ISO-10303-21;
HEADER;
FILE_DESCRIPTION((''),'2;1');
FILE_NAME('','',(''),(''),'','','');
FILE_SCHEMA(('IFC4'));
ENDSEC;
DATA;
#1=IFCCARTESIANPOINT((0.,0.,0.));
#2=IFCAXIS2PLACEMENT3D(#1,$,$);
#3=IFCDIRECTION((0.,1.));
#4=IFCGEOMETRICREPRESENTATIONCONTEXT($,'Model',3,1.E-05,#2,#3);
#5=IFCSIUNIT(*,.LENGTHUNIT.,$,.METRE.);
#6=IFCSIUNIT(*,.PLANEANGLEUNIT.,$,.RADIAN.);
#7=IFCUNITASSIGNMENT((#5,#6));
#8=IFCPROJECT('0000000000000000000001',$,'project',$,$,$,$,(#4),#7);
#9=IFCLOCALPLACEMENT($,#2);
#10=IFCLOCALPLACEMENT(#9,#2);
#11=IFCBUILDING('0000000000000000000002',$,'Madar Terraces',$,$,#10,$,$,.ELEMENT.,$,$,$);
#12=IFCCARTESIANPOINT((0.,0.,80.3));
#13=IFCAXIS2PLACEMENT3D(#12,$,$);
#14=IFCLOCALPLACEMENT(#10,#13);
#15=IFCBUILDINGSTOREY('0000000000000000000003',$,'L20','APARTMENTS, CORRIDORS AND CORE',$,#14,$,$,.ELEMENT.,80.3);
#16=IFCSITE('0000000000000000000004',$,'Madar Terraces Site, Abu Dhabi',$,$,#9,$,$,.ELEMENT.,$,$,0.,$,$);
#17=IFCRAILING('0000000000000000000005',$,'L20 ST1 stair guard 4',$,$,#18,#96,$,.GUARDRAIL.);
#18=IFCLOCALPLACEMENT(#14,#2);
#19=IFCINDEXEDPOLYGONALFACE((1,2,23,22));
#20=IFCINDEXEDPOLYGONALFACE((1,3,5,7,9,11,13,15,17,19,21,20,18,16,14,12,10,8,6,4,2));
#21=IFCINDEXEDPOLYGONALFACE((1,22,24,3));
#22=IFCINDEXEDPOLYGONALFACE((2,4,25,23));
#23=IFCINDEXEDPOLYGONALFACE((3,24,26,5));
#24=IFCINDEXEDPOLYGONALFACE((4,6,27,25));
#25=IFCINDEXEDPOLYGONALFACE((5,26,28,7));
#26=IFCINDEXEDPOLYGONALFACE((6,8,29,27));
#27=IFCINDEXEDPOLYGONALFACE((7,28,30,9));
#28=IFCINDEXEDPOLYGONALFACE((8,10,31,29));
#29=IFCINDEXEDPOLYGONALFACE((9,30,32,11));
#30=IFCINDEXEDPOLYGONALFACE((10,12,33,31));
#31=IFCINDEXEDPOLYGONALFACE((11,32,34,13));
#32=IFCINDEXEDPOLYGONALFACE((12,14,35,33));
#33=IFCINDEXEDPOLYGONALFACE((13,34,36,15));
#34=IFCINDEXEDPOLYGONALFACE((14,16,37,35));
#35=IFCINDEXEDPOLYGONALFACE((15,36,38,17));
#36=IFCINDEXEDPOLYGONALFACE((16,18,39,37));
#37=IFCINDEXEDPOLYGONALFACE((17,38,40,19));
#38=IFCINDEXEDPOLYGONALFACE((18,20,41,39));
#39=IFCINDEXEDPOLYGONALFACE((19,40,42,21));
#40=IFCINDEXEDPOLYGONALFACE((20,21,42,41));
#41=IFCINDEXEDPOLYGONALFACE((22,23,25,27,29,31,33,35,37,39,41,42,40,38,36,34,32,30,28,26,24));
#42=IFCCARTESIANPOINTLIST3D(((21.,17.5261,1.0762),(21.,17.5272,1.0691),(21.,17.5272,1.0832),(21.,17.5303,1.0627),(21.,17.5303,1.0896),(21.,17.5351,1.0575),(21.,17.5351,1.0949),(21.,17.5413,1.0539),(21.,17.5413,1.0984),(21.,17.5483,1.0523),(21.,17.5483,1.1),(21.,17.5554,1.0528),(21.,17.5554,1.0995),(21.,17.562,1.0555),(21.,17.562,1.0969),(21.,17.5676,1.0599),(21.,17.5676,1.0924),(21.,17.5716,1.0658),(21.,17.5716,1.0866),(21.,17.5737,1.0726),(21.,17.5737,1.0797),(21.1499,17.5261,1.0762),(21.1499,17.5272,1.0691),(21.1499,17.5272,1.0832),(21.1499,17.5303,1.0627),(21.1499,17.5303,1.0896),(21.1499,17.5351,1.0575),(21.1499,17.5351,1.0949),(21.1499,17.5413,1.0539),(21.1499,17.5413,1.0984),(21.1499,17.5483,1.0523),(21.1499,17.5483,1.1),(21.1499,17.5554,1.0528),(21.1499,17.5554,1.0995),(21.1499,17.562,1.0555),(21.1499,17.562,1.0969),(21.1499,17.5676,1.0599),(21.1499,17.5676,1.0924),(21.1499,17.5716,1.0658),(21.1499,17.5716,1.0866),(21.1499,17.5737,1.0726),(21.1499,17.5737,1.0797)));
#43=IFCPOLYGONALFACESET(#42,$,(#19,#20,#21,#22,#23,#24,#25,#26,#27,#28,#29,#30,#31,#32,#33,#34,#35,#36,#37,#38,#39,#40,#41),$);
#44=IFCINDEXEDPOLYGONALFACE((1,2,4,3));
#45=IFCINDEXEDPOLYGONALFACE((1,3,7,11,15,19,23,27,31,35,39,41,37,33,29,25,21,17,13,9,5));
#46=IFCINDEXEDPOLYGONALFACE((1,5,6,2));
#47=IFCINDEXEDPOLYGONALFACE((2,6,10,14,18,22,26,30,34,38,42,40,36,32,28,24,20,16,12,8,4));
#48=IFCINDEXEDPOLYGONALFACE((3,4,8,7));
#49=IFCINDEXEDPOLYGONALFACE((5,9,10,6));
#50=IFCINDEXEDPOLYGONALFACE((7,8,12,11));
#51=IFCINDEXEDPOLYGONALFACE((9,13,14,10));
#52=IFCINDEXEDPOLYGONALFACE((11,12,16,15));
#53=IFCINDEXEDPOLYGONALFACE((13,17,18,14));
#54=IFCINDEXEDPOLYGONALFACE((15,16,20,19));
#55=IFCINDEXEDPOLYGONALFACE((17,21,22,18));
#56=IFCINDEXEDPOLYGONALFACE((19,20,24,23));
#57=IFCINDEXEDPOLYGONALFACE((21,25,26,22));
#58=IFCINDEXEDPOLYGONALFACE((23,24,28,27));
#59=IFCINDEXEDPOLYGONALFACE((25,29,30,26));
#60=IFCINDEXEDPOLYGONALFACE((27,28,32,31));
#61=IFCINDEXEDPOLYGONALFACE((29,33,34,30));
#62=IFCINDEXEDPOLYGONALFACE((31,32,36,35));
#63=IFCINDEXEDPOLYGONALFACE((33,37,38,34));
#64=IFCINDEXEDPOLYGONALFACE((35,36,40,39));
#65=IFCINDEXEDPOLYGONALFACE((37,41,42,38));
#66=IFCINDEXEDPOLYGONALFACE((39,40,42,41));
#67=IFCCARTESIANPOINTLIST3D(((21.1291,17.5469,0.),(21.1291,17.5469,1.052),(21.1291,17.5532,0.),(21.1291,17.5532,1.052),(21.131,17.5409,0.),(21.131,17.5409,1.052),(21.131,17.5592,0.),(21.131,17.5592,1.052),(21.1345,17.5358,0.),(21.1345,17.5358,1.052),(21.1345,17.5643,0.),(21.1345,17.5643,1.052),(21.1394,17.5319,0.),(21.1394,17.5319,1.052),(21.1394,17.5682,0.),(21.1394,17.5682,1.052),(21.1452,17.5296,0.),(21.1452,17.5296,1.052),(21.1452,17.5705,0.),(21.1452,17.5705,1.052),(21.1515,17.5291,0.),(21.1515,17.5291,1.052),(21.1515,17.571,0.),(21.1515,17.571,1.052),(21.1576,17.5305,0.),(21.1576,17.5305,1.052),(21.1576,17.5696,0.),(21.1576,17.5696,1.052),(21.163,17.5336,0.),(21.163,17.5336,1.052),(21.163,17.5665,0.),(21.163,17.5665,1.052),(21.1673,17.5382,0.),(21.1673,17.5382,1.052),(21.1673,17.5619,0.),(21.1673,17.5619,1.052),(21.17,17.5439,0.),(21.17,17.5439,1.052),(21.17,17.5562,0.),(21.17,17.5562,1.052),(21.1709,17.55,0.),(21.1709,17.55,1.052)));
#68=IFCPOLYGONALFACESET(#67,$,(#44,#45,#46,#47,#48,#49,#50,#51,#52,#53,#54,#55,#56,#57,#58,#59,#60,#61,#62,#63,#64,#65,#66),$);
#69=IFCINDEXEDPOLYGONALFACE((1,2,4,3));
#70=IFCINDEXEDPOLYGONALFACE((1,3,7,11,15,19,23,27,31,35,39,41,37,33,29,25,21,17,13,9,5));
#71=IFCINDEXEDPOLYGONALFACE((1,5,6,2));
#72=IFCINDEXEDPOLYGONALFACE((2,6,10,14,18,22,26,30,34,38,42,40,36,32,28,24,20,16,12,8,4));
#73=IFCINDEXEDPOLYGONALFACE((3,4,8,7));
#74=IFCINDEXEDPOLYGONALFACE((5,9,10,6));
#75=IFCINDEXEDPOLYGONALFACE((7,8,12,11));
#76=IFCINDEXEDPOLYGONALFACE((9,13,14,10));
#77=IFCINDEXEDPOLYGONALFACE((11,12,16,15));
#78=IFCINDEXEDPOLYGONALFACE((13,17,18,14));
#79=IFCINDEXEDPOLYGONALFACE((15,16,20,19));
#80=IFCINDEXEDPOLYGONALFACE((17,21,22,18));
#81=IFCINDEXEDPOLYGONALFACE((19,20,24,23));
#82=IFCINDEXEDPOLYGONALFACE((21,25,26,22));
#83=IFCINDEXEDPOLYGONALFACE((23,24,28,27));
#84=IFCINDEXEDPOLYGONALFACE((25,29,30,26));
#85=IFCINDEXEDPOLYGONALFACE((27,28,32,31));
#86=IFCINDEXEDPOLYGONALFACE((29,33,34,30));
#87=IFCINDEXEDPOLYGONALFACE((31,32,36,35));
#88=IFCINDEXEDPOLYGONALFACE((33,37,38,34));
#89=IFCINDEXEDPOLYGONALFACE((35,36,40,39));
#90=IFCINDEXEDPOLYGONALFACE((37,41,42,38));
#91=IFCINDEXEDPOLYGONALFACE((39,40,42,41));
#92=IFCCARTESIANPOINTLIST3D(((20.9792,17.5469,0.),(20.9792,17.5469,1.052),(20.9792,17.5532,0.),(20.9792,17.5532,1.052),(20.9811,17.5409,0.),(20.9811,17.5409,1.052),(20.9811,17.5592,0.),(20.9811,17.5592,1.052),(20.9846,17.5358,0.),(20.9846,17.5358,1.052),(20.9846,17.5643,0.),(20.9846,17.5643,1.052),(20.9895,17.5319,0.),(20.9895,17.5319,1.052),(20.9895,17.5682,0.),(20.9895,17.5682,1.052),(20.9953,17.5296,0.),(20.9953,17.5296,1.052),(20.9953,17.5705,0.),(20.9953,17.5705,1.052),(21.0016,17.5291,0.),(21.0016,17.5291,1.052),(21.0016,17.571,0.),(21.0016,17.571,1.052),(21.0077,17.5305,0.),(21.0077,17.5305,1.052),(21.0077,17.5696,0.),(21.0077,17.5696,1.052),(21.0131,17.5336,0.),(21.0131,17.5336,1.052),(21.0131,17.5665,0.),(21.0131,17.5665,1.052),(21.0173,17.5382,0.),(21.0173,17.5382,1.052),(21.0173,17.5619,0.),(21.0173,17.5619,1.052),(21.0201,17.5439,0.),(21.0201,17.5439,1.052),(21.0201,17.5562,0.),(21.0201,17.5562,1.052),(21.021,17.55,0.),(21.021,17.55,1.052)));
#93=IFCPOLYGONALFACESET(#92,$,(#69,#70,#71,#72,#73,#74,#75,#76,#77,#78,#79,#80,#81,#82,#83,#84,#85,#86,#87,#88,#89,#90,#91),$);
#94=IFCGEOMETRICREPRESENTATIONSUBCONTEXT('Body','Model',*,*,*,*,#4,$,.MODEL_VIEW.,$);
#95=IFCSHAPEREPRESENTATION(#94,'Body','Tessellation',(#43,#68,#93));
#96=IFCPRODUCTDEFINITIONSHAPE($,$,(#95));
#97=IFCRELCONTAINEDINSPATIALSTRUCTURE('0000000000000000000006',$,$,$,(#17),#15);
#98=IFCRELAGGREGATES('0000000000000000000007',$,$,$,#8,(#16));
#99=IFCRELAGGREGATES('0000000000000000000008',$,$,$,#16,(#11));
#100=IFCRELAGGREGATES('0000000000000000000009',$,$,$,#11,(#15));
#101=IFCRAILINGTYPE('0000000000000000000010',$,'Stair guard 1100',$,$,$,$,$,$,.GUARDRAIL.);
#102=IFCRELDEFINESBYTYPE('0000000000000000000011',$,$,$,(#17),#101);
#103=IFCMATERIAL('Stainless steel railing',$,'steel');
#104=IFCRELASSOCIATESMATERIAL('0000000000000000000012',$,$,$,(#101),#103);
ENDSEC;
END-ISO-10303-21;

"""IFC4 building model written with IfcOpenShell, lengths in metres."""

from ifc_helpers import new_model, si_unit, direction, frame, origin, origin_2d, place, context, subcontext, project, spatial, circle, extrude, material, type_object, element, save


model = new_model("IFC4")

# Units and contexts
model_context = context("Model", 3, precision=1e-05, world=origin(), true_north=direction((0.0, 1.0)))
body_context = subcontext(model_context, "Body", "Model", "MODEL_VIEW")
ifc_project = project(units=[si_unit("LENGTHUNIT", "METRE"), si_unit("PLANEANGLEUNIT", "RADIAN")], contexts=[model_context])

# Site, building, storey
site_placement = place(None, origin())
site = spatial("IfcSite", under=ifc_project, at=site_placement, Name="Madar Terraces Site, Abu Dhabi", CompositionType="ELEMENT", RefElevation=0.0)
building_placement = place(site_placement, origin())
building = spatial("IfcBuilding", under=site, at=building_placement, Name="Madar Terraces", CompositionType="ELEMENT")
storey_placement = place(building_placement, frame((0.0, 0.0, 80.3)))
storey = spatial("IfcBuildingStorey", under=building, at=storey_placement, Name="L20", Description="APARTMENTS, CORRIDORS AND CORE", CompositionType="ELEMENT", Elevation=80.3)

# Railing
ifc_material_1 = material(Name="Stainless steel railing", Category="steel")
railing_type_1 = type_object("IfcRailingType", Name="Stair guard 1100", PredefinedType="GUARDRAIL", material=ifc_material_1)
railing_1_placement = place(storey_placement, frame((21.1499, 17.55, 0.0)))
element("IfcRailing", 1, at=railing_1_placement, inside=storey, type_object=railing_type_1, Name="L20 ST1 stair guard 4", PredefinedType="GUARDRAIL", context=body_context, shape_type="SweptSolid", body=[
    extrude(circle(Radius=0.0239, at=origin_2d()), frame((0.0, 0.0, 1.0762), z_axis=(-1.0, 0.0, 0.0), x_axis=(0.0, -1.0, 0.0)), (0.0, 0.0, 1.0), 0.1499),
    extrude(circle(Radius=0.021, at=origin_2d()), origin(), (0.0, 0.0, 1.0), 1.052),
    extrude(circle(Radius=0.021, at=origin_2d()), frame((-0.1499, 0.0, 0.0)), (0.0, 0.0, 1.0), 1.052),
])

save(model, "model.ifc")
